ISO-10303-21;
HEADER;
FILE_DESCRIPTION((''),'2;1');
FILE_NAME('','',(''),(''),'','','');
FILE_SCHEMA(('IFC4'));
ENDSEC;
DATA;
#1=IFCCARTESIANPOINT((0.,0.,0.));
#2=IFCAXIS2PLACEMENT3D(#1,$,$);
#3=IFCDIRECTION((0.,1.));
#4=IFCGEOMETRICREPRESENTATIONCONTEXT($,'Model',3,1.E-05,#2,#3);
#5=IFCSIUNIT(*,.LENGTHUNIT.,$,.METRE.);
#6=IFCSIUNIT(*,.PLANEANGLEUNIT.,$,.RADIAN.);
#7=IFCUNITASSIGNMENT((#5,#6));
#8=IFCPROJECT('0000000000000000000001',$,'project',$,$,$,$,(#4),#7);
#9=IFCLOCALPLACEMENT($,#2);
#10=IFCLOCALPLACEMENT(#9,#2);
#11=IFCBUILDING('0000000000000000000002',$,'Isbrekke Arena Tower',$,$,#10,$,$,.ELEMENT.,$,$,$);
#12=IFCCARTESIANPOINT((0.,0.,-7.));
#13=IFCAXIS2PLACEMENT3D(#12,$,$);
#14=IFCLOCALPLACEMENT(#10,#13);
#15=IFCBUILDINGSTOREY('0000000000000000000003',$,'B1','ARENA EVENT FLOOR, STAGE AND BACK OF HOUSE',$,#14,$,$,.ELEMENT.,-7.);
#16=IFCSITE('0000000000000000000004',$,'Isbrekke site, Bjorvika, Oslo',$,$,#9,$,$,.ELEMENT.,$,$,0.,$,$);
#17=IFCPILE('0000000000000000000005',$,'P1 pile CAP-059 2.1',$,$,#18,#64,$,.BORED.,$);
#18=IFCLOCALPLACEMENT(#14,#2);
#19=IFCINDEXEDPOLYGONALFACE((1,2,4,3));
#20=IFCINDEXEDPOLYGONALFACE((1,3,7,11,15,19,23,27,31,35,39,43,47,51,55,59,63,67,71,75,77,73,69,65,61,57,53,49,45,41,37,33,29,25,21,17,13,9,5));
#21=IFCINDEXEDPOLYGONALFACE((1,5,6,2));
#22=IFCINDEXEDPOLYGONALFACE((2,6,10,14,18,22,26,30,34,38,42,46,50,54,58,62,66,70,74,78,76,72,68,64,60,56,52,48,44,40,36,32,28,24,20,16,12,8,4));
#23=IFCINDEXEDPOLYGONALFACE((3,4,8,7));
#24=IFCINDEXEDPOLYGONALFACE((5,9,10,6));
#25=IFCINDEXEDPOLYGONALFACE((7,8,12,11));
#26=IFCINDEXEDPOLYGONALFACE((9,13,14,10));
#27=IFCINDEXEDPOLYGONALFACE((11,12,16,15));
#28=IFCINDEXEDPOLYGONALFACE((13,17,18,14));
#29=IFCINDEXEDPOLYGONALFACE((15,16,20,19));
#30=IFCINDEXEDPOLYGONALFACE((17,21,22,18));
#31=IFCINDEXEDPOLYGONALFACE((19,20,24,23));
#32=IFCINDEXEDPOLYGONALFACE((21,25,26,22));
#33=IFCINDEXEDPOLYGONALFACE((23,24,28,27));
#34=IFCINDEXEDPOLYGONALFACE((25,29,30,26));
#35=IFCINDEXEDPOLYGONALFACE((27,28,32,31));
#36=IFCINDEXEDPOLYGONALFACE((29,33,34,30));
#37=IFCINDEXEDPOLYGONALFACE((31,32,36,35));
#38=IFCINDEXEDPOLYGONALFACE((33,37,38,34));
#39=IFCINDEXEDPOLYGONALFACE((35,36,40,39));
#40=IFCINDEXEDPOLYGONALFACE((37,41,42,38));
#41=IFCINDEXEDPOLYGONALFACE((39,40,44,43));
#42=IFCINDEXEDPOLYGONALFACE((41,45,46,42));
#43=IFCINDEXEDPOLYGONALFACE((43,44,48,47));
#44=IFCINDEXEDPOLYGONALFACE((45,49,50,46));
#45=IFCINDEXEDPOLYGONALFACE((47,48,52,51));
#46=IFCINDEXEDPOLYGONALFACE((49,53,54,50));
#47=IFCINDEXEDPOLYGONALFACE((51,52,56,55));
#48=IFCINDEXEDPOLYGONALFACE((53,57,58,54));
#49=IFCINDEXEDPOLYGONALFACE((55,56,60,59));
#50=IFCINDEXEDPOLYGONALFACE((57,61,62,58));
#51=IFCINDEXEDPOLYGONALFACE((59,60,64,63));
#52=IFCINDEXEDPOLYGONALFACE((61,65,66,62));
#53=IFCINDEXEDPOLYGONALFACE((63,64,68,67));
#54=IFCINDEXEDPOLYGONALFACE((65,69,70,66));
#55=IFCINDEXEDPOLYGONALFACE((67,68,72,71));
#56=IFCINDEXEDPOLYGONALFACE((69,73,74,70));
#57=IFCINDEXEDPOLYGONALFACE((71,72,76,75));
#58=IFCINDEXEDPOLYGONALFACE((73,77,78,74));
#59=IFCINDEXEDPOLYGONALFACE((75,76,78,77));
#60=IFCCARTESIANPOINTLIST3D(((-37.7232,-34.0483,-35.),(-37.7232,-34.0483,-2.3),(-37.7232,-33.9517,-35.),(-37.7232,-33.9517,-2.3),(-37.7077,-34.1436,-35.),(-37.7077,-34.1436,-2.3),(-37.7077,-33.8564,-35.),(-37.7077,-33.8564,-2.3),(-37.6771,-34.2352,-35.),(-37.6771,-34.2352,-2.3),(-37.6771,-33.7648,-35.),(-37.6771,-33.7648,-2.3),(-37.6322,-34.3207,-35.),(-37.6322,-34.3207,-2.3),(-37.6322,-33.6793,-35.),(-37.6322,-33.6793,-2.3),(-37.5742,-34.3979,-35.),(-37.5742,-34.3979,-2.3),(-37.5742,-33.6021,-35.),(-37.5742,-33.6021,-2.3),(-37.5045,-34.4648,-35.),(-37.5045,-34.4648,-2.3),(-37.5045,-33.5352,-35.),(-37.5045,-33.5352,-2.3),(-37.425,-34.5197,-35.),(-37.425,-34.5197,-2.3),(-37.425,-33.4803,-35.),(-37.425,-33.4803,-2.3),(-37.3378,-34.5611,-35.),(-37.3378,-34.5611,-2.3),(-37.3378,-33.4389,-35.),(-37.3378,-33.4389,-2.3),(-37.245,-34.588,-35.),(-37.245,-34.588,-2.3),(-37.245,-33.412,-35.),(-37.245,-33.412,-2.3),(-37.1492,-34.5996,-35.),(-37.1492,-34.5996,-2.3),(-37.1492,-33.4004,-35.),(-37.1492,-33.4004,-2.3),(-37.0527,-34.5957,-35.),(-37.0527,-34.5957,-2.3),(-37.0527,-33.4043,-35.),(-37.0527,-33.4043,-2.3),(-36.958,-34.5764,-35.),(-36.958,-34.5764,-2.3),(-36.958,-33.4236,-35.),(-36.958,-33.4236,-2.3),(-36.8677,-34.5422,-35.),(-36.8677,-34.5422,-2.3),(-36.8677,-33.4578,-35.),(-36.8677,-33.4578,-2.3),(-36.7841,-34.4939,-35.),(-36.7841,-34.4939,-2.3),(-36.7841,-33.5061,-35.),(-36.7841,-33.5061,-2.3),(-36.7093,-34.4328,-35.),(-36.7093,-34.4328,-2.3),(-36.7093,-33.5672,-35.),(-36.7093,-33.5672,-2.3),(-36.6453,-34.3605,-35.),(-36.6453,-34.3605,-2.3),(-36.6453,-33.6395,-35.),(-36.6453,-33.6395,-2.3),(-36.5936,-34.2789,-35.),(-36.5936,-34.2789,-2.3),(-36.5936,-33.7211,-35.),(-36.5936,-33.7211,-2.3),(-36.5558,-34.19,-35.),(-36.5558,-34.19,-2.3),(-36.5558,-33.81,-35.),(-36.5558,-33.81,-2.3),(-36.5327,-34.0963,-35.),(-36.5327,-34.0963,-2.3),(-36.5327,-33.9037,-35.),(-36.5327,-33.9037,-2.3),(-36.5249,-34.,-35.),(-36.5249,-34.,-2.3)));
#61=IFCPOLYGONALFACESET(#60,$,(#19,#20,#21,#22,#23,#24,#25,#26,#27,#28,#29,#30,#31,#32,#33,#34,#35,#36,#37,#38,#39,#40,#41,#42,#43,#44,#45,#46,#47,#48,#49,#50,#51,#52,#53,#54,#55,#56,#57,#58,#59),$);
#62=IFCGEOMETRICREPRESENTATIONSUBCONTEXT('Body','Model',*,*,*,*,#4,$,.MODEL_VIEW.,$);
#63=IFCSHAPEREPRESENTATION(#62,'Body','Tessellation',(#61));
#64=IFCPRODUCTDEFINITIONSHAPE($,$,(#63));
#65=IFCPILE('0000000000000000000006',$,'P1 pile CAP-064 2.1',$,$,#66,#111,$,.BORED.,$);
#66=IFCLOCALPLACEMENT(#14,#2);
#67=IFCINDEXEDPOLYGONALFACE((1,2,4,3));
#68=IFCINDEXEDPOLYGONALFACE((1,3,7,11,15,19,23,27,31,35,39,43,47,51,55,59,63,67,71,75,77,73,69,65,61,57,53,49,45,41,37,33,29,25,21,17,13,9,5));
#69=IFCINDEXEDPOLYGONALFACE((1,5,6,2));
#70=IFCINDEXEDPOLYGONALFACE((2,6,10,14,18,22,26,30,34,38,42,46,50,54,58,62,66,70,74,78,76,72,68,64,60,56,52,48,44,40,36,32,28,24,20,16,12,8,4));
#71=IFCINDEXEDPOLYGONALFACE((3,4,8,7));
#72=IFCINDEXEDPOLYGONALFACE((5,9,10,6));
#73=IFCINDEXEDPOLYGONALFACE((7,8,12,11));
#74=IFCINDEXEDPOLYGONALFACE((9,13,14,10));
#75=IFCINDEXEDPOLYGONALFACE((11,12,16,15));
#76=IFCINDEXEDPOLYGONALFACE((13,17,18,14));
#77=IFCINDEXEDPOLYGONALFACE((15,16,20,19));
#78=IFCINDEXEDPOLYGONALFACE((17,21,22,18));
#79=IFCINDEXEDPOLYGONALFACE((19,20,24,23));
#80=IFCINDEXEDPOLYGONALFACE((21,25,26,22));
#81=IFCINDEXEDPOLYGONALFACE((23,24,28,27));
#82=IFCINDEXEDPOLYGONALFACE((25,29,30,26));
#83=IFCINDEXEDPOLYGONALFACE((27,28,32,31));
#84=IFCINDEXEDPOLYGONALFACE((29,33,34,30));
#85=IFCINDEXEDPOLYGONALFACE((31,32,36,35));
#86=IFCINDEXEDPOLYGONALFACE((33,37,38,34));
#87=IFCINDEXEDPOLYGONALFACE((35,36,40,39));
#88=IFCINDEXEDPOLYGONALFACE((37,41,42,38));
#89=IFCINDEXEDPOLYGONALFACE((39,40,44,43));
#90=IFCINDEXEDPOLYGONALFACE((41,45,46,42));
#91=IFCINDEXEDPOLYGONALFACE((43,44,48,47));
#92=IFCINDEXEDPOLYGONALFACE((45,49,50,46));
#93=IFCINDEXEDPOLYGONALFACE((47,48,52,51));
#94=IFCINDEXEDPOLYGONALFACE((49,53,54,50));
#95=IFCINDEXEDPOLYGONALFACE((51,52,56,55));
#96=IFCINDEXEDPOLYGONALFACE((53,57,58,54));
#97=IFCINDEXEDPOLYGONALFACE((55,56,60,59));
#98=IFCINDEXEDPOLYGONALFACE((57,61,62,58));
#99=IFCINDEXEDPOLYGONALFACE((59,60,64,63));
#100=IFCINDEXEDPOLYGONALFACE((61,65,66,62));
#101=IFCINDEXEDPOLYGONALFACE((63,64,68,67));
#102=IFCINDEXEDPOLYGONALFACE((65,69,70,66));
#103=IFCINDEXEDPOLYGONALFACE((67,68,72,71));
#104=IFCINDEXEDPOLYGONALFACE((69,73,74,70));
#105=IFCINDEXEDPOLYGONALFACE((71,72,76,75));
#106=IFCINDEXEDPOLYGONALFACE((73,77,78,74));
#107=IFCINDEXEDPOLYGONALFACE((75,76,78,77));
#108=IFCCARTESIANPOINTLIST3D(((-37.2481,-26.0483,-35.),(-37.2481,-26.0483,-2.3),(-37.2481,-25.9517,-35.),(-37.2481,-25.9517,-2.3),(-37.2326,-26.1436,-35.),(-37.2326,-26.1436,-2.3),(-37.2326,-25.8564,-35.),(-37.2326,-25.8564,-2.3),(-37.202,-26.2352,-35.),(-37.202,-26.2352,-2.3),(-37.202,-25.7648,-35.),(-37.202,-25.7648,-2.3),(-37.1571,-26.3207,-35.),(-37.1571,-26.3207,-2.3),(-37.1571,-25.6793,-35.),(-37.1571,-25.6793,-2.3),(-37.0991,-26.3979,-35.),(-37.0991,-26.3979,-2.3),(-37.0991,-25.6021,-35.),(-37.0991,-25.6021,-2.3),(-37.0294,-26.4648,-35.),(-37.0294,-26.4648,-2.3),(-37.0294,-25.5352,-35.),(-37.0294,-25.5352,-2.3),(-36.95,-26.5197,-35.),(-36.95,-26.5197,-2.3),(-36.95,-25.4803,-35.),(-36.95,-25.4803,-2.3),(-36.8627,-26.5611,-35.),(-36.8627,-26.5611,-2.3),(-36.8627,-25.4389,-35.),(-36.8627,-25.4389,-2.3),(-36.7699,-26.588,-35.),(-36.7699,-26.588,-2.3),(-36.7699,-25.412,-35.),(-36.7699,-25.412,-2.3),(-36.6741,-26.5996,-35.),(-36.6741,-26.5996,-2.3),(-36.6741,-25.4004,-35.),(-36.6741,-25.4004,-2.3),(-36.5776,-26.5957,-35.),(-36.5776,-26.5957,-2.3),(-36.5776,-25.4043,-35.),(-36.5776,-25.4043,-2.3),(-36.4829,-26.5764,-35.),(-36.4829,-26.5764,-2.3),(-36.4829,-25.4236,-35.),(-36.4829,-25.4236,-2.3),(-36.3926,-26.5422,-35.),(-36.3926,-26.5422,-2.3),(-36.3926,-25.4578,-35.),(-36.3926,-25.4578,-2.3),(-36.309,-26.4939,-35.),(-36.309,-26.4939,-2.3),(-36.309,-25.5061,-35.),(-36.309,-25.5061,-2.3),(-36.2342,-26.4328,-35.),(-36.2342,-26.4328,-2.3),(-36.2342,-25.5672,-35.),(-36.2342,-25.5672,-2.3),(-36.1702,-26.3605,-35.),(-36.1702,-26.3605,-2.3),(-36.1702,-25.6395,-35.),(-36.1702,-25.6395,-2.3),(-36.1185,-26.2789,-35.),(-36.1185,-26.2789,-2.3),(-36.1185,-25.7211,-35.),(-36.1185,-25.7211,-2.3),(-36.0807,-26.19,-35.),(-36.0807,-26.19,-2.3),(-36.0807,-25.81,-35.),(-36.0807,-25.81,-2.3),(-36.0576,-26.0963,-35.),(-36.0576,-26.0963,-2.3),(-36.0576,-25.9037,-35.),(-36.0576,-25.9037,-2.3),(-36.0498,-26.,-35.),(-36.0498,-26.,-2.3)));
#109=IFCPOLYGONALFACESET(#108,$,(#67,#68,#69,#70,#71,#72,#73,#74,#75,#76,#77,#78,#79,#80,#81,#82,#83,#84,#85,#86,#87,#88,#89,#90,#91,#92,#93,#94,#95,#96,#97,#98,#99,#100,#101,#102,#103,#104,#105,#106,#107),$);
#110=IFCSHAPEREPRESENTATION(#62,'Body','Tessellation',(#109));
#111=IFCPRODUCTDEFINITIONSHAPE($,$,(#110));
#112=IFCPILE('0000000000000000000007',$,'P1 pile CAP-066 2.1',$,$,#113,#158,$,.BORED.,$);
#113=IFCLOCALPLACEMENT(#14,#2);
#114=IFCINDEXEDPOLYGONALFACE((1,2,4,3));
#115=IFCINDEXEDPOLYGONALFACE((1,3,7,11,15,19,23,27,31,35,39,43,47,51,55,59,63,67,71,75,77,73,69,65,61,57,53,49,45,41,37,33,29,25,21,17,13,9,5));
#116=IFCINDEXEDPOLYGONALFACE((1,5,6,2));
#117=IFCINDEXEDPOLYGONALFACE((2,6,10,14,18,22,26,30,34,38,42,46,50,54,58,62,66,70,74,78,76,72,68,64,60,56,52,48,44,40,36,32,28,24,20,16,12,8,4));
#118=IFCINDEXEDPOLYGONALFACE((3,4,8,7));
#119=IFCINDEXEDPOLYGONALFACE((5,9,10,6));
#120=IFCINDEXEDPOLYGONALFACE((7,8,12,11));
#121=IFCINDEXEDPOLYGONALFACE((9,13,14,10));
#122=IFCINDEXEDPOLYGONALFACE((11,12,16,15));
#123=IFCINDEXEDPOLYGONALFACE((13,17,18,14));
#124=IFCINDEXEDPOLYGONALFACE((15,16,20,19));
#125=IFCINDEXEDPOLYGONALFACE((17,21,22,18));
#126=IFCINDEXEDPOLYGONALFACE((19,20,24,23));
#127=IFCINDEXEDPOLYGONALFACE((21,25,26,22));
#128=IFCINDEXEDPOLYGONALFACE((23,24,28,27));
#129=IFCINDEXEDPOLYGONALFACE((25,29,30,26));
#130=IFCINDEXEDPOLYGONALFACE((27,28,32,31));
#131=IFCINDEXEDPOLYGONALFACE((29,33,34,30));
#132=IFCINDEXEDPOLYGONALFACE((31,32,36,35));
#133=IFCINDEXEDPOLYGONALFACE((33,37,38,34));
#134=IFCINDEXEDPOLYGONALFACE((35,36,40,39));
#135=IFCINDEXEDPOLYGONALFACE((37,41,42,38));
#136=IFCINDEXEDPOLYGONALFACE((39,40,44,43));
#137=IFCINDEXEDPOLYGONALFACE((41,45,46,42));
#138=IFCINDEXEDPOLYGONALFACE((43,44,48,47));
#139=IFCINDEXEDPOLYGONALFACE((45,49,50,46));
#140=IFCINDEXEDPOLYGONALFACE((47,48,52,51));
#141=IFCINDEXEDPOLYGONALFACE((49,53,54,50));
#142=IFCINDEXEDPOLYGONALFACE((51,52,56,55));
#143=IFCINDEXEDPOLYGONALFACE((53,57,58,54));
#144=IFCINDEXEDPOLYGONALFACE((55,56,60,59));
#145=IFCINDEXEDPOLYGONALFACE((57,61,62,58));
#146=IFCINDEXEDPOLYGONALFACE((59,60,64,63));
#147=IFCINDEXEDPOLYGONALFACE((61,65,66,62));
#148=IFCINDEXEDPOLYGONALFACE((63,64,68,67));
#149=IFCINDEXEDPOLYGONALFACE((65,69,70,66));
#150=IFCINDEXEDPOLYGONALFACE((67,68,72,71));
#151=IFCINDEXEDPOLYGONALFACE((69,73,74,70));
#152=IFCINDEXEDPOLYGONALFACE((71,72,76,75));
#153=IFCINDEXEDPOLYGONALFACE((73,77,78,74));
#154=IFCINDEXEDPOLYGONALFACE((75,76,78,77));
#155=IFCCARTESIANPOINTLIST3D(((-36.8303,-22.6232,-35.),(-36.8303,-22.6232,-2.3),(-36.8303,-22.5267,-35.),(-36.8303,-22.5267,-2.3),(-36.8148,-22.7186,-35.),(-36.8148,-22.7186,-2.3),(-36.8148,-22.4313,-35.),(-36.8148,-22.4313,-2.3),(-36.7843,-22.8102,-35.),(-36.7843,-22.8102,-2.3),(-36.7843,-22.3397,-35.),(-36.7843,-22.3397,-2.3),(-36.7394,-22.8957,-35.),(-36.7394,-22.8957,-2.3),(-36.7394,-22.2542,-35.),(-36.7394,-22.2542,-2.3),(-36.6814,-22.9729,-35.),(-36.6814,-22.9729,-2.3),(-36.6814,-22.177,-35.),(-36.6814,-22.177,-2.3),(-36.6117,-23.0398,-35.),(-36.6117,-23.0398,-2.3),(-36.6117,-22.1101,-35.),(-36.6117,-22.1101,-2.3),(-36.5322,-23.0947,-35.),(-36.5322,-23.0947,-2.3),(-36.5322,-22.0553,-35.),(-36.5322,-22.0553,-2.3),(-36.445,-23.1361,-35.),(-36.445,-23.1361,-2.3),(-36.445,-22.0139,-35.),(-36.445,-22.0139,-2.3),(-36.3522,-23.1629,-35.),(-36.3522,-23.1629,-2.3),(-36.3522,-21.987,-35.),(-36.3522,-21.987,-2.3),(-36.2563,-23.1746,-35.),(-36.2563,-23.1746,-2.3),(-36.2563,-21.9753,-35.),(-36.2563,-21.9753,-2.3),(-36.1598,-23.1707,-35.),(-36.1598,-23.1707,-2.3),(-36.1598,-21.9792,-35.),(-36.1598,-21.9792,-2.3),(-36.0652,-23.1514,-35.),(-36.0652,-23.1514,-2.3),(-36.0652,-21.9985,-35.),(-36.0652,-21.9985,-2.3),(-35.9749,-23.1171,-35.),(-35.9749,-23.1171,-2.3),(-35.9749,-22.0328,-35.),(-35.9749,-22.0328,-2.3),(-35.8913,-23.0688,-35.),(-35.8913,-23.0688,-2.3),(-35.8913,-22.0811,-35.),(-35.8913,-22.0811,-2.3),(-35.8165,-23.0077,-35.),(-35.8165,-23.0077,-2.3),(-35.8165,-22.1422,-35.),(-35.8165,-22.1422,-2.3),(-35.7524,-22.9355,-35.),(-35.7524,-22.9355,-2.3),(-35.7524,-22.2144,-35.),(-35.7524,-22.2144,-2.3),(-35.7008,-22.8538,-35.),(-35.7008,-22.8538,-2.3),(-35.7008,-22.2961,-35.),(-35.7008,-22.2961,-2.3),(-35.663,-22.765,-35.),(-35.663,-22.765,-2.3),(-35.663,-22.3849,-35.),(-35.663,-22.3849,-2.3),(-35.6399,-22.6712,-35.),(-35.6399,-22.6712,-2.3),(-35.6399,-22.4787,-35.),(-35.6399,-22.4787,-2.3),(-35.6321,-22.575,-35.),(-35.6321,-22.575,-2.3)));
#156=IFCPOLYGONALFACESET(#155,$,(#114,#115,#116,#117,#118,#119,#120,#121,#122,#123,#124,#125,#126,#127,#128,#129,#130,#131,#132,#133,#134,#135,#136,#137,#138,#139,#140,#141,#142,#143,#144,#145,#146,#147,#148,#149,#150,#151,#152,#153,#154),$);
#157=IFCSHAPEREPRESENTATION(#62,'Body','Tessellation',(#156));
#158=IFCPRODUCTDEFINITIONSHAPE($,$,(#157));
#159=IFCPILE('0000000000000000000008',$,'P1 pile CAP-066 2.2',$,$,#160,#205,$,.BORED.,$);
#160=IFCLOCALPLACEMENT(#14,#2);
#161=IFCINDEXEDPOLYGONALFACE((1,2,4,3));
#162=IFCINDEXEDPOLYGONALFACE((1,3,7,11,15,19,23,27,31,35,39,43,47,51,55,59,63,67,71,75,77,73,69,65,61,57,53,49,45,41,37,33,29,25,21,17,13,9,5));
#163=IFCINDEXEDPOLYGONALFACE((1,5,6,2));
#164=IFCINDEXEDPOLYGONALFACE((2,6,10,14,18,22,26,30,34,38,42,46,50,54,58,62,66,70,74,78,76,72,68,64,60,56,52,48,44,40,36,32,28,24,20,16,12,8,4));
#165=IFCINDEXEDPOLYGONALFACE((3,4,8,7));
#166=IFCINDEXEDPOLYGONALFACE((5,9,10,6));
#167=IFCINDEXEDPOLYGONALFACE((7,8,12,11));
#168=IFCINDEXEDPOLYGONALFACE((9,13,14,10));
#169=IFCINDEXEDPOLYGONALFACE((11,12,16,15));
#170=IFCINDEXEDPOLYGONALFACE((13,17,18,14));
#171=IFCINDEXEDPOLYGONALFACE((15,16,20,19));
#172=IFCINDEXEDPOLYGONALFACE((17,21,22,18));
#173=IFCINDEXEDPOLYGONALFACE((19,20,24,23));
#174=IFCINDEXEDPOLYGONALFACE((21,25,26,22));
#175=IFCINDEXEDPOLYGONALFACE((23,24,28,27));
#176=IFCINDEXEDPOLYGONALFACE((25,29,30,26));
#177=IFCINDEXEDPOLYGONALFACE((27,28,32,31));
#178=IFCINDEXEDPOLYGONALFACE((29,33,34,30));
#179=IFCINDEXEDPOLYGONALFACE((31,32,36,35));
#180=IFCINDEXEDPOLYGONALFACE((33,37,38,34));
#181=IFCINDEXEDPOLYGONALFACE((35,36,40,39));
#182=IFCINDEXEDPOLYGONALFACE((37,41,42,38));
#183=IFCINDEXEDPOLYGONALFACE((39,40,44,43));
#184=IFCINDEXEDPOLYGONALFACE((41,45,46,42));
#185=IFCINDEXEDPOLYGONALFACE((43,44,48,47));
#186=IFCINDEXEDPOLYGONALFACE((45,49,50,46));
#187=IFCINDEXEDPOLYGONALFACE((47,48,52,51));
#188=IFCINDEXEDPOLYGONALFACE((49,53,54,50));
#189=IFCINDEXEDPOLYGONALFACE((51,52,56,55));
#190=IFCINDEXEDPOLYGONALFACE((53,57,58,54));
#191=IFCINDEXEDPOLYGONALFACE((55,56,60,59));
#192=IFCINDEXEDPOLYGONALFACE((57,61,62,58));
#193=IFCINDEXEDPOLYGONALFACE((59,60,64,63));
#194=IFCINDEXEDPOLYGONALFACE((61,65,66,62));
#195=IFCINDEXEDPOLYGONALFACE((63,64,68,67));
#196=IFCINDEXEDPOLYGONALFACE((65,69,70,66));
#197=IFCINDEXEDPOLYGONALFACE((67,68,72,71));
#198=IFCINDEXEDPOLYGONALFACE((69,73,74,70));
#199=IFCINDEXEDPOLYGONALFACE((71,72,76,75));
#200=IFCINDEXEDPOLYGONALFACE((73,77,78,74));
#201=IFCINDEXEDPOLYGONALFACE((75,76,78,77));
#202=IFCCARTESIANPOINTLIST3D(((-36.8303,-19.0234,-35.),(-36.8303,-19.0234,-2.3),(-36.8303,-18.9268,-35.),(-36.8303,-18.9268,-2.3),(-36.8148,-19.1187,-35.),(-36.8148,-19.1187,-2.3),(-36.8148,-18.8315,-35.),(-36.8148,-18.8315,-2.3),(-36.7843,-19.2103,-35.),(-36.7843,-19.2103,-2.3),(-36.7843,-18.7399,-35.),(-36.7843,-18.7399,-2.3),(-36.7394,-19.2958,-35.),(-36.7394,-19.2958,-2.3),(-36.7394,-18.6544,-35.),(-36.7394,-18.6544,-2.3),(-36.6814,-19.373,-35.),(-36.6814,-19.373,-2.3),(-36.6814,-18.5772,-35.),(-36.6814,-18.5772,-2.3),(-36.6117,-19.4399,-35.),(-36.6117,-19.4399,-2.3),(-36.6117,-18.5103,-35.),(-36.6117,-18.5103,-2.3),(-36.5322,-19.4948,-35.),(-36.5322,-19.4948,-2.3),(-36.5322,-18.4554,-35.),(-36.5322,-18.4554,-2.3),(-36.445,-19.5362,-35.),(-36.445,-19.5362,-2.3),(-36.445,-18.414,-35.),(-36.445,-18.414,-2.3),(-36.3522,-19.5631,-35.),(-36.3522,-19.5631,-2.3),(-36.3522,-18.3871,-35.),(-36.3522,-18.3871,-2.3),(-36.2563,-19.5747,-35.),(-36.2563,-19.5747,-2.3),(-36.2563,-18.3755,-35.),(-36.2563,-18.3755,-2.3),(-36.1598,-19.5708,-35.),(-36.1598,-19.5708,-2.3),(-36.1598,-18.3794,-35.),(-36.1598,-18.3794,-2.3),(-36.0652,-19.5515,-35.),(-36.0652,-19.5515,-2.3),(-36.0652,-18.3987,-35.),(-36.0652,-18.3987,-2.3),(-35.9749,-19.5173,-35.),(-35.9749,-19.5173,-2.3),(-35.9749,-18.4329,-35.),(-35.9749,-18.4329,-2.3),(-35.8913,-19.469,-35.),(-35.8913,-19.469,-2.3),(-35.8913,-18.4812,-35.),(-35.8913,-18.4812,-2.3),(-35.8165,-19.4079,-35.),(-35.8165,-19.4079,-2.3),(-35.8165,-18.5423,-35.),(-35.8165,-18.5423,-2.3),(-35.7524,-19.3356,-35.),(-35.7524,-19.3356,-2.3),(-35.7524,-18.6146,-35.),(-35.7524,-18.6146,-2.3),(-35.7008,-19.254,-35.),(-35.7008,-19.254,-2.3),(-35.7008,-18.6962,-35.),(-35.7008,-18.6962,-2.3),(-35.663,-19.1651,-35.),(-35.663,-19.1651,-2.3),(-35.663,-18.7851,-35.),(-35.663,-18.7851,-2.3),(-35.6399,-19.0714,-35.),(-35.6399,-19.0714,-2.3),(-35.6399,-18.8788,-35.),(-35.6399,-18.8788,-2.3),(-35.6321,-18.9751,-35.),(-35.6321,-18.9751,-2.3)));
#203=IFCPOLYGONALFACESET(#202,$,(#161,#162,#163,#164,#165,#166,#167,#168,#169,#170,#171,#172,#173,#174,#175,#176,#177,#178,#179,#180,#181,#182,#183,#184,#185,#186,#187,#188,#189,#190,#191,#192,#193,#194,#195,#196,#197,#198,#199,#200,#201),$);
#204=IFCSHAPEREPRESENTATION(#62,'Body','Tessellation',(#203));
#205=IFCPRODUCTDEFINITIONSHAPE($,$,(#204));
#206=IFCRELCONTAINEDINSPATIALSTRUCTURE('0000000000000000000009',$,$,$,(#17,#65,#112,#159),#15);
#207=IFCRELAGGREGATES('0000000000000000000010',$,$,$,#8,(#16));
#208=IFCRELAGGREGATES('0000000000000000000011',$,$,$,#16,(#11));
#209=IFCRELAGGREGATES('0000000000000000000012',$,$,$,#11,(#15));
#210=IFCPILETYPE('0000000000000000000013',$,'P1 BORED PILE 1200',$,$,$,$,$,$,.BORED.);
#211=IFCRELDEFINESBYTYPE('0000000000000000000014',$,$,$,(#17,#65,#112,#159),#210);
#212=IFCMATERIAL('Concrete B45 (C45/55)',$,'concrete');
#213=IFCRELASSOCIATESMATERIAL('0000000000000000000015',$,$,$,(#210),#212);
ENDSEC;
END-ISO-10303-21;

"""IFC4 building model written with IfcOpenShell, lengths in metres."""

from ifc_helpers import new_model, si_unit, direction, frame, origin, origin_2d, place, context, subcontext, project, spatial, circle, extrude, material, material_profile, profile_set, type_object, element, save


model = new_model("IFC4")

# Units and contexts
model_context = context("Model", 3, precision=1e-05, world=origin(), true_north=direction((0.0, 1.0)))
body_context = subcontext(model_context, "Body", "Model", "MODEL_VIEW")
ifc_project = project(units=[si_unit("LENGTHUNIT", "METRE"), si_unit("PLANEANGLEUNIT", "RADIAN")], contexts=[model_context])

# Site, building, storey
site_placement = place(None, origin())
site = spatial("IfcSite", under=ifc_project, at=site_placement, Name="Isbrekke site, Bjorvika, Oslo", CompositionType="ELEMENT", RefElevation=0.0)
building_placement = place(site_placement, origin())
building = spatial("IfcBuilding", under=site, at=building_placement, Name="Isbrekke Arena Tower", CompositionType="ELEMENT")
storey_placement = place(building_placement, frame((0.0, 0.0, -7.0)))
storey = spatial("IfcBuildingStorey", under=building, at=storey_placement, Name="B1", Description="ARENA EVENT FLOOR, STAGE AND BACK OF HOUSE", CompositionType="ELEMENT", Elevation=-7.0)

# Piles
ifc_material_1 = material(Name="Concrete B45 (C45/55)", Category="concrete")
ifc_material_profile_1 = material_profile(ifc_material_1, circle(Radius=0.6001, at=origin_2d()), Name="BORED PILE D1200")
ifc_profile_set_1 = profile_set([ifc_material_profile_1], Name="Concrete B45 (C45/55)")
pile_type = type_object("IfcPileType", Name="P1 BORED PILE 1200", PredefinedType="BORED", material=ifc_profile_set_1)
for number, where, z_axis, x_axis, name in (
    (1, (-37.125, -34.0, -2.3), (0.0, 0.0, -1.0), (1.0, 0.0, 0.0), "P1 pile CAP-059 2.1"),
    (2, (-36.6499, -26.0, -2.3), (0.0, 0.0, -1.0), (1.0, 0.0, 0.0), "P1 pile CAP-064 2.1"),
    (3, (-36.2322, -22.575, -2.3), (0.0, 0.0, -1.0), (1.0, 0.0, 0.0), "P1 pile CAP-066 2.1"),
    (4, (-36.2322, -18.9751, -2.3), (0.0, 0.0, -1.0), (1.0, 0.0, 0.0), "P1 pile CAP-066 2.2"),
):
    element("IfcPile", number, at=place(storey_placement, frame(where, z_axis=z_axis, x_axis=x_axis)), inside=storey, type_object=pile_type, Name=name, PredefinedType="BORED", context=body_context, shape_type="SweptSolid", body=[
        extrude(circle(Radius=0.6001, at=origin_2d()), origin(), (0.0, 0.0, 1.0), 32.7),
    ])

save(model, "model.ifc")
